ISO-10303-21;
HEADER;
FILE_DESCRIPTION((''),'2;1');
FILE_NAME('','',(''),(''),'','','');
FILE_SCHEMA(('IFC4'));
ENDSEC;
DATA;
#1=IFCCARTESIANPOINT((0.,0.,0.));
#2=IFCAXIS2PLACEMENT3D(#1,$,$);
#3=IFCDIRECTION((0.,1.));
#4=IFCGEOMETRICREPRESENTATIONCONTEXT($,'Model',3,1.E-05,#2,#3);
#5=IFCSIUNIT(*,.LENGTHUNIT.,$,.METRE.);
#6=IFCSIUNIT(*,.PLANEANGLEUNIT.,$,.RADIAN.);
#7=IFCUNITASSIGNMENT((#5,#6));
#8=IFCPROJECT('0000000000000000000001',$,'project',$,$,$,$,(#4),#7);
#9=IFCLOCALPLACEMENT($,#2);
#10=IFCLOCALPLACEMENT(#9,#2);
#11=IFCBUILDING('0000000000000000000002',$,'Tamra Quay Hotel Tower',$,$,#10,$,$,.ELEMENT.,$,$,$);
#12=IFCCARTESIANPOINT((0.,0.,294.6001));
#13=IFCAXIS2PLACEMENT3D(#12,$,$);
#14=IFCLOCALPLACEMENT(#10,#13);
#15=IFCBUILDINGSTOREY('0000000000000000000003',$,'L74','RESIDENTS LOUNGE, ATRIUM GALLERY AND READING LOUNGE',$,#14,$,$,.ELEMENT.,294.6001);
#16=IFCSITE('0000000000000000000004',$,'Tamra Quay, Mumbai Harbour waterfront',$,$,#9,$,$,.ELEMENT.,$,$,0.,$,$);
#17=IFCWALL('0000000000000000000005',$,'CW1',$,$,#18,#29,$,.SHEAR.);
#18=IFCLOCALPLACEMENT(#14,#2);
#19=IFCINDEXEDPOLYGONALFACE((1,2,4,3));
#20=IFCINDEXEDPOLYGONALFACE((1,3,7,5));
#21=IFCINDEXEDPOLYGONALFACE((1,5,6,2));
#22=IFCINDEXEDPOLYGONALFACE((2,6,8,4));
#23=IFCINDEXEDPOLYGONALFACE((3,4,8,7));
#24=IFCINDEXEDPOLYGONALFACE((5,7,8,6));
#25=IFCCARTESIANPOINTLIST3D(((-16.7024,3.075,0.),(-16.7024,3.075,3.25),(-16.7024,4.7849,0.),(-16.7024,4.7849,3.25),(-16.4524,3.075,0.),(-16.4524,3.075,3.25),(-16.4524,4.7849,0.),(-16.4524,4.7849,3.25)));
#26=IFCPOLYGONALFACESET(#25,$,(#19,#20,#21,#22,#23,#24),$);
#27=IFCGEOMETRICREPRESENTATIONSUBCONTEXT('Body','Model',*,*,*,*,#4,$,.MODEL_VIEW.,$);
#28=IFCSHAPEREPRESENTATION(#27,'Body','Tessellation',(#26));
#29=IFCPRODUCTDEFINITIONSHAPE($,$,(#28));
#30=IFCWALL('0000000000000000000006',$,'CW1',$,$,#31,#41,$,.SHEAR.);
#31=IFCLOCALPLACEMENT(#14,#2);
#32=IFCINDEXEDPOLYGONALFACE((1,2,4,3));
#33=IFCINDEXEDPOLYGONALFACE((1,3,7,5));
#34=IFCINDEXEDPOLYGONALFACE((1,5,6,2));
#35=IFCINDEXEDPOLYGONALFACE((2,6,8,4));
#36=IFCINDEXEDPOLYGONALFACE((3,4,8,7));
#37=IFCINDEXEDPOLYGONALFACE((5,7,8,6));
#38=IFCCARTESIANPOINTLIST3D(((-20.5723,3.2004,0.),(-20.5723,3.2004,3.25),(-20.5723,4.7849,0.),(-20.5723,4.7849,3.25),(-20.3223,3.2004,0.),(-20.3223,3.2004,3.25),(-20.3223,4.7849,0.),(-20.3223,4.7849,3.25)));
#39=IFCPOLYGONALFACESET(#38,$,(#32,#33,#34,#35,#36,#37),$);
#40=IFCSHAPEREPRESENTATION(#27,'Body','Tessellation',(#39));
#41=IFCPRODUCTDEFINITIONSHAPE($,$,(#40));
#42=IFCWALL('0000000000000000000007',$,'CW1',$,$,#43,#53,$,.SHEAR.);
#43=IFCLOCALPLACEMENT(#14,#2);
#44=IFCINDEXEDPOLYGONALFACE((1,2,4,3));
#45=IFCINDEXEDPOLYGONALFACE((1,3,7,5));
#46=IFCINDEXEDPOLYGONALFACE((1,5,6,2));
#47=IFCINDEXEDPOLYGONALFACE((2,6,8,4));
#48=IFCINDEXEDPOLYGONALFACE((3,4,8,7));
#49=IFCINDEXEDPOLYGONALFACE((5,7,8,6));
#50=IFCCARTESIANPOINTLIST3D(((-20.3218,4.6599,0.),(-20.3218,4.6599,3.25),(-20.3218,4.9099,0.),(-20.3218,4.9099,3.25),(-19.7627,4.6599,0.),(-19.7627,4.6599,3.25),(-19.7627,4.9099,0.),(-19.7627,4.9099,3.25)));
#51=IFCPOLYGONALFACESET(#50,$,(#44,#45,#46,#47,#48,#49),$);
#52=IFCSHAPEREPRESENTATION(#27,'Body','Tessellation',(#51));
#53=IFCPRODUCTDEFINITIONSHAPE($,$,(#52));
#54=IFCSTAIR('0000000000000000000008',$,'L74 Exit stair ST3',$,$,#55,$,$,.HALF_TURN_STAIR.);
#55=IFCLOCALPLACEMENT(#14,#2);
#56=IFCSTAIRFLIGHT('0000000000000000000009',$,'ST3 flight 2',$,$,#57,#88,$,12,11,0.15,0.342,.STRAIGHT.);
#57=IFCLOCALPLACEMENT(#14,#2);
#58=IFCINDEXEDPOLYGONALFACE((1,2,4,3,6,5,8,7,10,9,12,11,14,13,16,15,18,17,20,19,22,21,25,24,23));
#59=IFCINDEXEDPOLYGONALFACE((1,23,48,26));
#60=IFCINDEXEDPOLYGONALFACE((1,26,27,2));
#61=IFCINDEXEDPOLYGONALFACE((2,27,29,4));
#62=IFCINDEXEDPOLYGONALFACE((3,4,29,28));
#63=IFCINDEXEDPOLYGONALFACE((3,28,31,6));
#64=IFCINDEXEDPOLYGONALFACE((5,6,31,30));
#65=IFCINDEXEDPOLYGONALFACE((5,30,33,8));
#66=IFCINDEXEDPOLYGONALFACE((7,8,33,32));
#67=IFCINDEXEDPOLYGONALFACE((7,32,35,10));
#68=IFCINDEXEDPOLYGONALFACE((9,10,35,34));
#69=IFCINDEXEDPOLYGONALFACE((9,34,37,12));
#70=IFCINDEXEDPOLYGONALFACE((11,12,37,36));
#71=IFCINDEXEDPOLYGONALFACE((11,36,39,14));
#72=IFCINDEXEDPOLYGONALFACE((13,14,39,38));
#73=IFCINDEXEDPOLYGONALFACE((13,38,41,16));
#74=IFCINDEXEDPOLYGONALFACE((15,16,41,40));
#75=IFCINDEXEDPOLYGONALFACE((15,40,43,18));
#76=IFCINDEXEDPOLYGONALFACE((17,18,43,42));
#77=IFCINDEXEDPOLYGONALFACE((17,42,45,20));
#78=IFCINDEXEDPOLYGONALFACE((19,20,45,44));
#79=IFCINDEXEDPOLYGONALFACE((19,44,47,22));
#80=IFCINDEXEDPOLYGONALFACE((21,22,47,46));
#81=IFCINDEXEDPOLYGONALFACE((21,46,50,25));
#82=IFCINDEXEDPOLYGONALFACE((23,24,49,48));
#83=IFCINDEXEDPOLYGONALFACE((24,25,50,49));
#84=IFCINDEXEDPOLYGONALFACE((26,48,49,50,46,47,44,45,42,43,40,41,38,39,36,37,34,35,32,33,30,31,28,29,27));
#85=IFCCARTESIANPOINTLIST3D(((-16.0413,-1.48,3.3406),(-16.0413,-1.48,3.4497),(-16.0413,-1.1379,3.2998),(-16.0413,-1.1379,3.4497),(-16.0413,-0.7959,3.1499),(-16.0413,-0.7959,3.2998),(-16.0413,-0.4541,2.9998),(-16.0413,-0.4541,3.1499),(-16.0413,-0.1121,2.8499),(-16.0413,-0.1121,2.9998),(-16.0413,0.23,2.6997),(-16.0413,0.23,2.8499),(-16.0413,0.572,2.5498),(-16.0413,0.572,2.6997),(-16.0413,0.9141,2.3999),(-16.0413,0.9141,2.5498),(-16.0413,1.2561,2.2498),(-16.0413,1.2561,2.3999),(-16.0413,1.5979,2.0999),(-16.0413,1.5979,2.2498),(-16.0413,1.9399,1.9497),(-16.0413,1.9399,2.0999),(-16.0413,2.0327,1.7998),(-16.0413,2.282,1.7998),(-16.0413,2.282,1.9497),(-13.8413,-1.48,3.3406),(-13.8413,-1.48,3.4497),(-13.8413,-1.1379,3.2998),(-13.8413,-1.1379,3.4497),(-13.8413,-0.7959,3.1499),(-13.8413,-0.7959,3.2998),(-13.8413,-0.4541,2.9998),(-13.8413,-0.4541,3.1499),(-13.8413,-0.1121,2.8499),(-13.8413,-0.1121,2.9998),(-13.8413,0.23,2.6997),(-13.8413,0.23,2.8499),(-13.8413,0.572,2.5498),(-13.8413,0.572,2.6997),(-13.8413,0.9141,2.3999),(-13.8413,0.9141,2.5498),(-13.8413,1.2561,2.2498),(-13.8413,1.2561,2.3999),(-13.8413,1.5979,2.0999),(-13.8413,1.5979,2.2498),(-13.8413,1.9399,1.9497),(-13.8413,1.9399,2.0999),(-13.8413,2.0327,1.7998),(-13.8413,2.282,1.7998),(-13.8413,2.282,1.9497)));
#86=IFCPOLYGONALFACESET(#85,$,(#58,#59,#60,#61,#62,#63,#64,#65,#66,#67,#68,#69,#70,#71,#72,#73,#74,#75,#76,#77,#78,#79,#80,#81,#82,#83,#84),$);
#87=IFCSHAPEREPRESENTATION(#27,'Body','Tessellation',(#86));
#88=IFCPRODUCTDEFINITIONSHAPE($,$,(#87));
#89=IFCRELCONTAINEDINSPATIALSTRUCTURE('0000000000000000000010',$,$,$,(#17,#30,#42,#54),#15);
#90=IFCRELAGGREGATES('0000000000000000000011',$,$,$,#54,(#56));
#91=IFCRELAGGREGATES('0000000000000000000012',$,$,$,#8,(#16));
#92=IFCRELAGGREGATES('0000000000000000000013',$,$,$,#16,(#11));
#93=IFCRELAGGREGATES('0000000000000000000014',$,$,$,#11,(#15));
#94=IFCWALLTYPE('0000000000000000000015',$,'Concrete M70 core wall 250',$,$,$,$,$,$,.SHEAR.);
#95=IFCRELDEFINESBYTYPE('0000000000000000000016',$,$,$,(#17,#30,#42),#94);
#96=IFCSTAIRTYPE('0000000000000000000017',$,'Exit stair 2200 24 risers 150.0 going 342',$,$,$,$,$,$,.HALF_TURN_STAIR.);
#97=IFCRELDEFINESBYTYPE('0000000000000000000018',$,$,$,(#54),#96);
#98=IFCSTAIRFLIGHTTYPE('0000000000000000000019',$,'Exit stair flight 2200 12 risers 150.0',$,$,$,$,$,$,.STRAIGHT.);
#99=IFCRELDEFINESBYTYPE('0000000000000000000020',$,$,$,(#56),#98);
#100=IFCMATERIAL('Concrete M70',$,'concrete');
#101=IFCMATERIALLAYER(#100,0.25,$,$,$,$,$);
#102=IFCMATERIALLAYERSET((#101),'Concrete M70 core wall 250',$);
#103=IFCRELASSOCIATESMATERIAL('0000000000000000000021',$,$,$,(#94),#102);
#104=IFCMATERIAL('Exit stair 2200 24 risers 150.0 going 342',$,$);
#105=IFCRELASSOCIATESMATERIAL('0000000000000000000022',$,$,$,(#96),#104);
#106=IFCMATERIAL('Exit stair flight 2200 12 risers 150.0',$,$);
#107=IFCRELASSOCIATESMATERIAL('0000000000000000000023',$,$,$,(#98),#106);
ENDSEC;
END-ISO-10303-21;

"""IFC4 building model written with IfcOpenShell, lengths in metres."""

from ifc_helpers import new_model, si_unit, direction, frame, frame_2d, origin, place, context, subcontext, project, spatial, polyline, rectangle, outline, extrude, material, layer, layer_set, type_object, element, aggregate, save


model = new_model("IFC4")

# Units and contexts
model_context = context("Model", 3, precision=1e-05, world=origin(), true_north=direction((0.0, 1.0)))
body_context = subcontext(model_context, "Body", "Model", "MODEL_VIEW")
ifc_project = project(units=[si_unit("LENGTHUNIT", "METRE"), si_unit("PLANEANGLEUNIT", "RADIAN")], contexts=[model_context])

# Site, building, storey
site_placement = place(None, origin())
site = spatial("IfcSite", under=ifc_project, at=site_placement, Name="Tamra Quay, Mumbai Harbour waterfront", CompositionType="ELEMENT", RefElevation=0.0)
building_placement = place(site_placement, origin())
building = spatial("IfcBuilding", under=site, at=building_placement, Name="Tamra Quay Hotel Tower", CompositionType="ELEMENT")
storey_placement = place(building_placement, frame((0.0, 0.0, 294.6001)))
storey = spatial("IfcBuildingStorey", under=building, at=storey_placement, Name="L74", Description="RESIDENTS LOUNGE, ATRIUM GALLERY AND READING LOUNGE", CompositionType="ELEMENT", Elevation=294.6001)

# Shared definitions
ifc_material_1 = material(Name="Concrete M70", Category="concrete")

# Walls
ifc_layer_1 = layer(ifc_material_1, 0.25)
ifc_layer_set_1 = layer_set([ifc_layer_1], Name="Concrete M70 core wall 250")
wall_type_1 = type_object("IfcWallType", Name="Concrete M70 core wall 250", PredefinedType="SHEAR", material=ifc_layer_set_1)
wall_1_placement = place(storey_placement, frame((-16.5774, 4.7849, 0.0), z_axis=(0.0, 0.0, 1.0), x_axis=(0.0, -1.0, 0.0)))
element("IfcWall", 1, at=wall_1_placement, inside=storey, type_object=wall_type_1, Name="CW1", PredefinedType="SHEAR", context=body_context, shape_type="SweptSolid", body=[
    extrude(rectangle(XDim=1.71, YDim=0.25, at=frame_2d((0.855, 0.0))), origin(), (0.0, 0.0, 1.0), 3.25),
])
wall_2_placement = place(storey_placement, frame((-20.4473, 3.2004, 0.0), z_axis=(0.0, 0.0, 1.0), x_axis=(0.0, 1.0, 0.0)))
element("IfcWall", 2, at=wall_2_placement, inside=storey, type_object=wall_type_1, Name="CW1", PredefinedType="SHEAR", context=body_context, shape_type="SweptSolid", body=[
    extrude(rectangle(XDim=1.5845, YDim=0.25, at=frame_2d((0.7922, 0.0))), origin(), (0.0, 0.0, 1.0), 3.25),
])
wall_3_placement = place(storey_placement, frame((-20.3218, 4.7849, 0.0), z_axis=(0.0, 0.0, 1.0), x_axis=(1.0, 0.0, 0.0)))
element("IfcWall", 3, at=wall_3_placement, inside=storey, type_object=wall_type_1, Name="CW1", PredefinedType="SHEAR", context=body_context, shape_type="SweptSolid", body=[
    extrude(rectangle(XDim=0.5591, YDim=0.25, at=frame_2d((0.2795, 0.0))), origin(), (0.0, 0.0, 1.0), 3.25),
])

# Stair, stair flight
ifc_material_2 = material(Name="Exit stair 2200 24 risers 150.0 going 342")
stair_type = type_object("IfcStairType", Name="Exit stair 2200 24 risers 150.0 going 342", PredefinedType="HALF_TURN_STAIR", material=ifc_material_2)
stair_placement = place(storey_placement, origin())
stair = element("IfcStair", 4, at=stair_placement, inside=storey, type_object=stair_type, Name="L74 Exit stair ST3", PredefinedType="HALF_TURN_STAIR")
ifc_material_3 = material(Name="Exit stair flight 2200 12 risers 150.0")
stair_flight_type = type_object("IfcStairFlightType", Name="Exit stair flight 2200 12 risers 150.0", PredefinedType="STRAIGHT", material=ifc_material_3)
stair_flight_placement = place(storey_placement, frame((-14.9414, 2.282, 1.7998), z_axis=(0.0, 0.0, 1.0), x_axis=(0.0, -1.0, 0.0)))
stair_flight = element("IfcStairFlight", 5, at=stair_flight_placement, type_object=stair_flight_type, Name="ST3 flight 2", NumberOfRisers=12, NumberOfTreads=11, PredefinedType="STRAIGHT", RiserHeight=0.15, TreadLength=0.342, context=body_context, shape_type="SweptSolid", body=[
    extrude(outline(polyline([(0.0, 0.0), (0.0, 0.1499), (0.342, 0.1499), (0.342, 0.3), (0.6841, 0.3), (0.6841, 0.45), (1.0259, 0.45), (1.0259, 0.6001), (1.3679, 0.6001), (1.3679, 0.75), (1.71, 0.75), (1.71, 0.8999), (2.052, 0.8999), (2.052, 1.05), (2.394, 1.05), (2.394, 1.2), (2.7361, 1.2), (2.7361, 1.3501), (3.0779, 1.3501), (3.0779, 1.5), (3.4199, 1.5), (3.4199, 1.6499), (3.762, 1.6499), (3.762, 1.8), (3.762, 1.5408), (0.2493, 0.0), (0.0, 0.0)])), frame((0.0, 1.1001, 0.0), z_axis=(0.0, -1.0, 0.0), x_axis=(1.0, 0.0, 0.0)), (0.0, 0.0, 1.0), 2.2),
])
aggregate(stair, [stair_flight])

save(model, "model.ifc")
